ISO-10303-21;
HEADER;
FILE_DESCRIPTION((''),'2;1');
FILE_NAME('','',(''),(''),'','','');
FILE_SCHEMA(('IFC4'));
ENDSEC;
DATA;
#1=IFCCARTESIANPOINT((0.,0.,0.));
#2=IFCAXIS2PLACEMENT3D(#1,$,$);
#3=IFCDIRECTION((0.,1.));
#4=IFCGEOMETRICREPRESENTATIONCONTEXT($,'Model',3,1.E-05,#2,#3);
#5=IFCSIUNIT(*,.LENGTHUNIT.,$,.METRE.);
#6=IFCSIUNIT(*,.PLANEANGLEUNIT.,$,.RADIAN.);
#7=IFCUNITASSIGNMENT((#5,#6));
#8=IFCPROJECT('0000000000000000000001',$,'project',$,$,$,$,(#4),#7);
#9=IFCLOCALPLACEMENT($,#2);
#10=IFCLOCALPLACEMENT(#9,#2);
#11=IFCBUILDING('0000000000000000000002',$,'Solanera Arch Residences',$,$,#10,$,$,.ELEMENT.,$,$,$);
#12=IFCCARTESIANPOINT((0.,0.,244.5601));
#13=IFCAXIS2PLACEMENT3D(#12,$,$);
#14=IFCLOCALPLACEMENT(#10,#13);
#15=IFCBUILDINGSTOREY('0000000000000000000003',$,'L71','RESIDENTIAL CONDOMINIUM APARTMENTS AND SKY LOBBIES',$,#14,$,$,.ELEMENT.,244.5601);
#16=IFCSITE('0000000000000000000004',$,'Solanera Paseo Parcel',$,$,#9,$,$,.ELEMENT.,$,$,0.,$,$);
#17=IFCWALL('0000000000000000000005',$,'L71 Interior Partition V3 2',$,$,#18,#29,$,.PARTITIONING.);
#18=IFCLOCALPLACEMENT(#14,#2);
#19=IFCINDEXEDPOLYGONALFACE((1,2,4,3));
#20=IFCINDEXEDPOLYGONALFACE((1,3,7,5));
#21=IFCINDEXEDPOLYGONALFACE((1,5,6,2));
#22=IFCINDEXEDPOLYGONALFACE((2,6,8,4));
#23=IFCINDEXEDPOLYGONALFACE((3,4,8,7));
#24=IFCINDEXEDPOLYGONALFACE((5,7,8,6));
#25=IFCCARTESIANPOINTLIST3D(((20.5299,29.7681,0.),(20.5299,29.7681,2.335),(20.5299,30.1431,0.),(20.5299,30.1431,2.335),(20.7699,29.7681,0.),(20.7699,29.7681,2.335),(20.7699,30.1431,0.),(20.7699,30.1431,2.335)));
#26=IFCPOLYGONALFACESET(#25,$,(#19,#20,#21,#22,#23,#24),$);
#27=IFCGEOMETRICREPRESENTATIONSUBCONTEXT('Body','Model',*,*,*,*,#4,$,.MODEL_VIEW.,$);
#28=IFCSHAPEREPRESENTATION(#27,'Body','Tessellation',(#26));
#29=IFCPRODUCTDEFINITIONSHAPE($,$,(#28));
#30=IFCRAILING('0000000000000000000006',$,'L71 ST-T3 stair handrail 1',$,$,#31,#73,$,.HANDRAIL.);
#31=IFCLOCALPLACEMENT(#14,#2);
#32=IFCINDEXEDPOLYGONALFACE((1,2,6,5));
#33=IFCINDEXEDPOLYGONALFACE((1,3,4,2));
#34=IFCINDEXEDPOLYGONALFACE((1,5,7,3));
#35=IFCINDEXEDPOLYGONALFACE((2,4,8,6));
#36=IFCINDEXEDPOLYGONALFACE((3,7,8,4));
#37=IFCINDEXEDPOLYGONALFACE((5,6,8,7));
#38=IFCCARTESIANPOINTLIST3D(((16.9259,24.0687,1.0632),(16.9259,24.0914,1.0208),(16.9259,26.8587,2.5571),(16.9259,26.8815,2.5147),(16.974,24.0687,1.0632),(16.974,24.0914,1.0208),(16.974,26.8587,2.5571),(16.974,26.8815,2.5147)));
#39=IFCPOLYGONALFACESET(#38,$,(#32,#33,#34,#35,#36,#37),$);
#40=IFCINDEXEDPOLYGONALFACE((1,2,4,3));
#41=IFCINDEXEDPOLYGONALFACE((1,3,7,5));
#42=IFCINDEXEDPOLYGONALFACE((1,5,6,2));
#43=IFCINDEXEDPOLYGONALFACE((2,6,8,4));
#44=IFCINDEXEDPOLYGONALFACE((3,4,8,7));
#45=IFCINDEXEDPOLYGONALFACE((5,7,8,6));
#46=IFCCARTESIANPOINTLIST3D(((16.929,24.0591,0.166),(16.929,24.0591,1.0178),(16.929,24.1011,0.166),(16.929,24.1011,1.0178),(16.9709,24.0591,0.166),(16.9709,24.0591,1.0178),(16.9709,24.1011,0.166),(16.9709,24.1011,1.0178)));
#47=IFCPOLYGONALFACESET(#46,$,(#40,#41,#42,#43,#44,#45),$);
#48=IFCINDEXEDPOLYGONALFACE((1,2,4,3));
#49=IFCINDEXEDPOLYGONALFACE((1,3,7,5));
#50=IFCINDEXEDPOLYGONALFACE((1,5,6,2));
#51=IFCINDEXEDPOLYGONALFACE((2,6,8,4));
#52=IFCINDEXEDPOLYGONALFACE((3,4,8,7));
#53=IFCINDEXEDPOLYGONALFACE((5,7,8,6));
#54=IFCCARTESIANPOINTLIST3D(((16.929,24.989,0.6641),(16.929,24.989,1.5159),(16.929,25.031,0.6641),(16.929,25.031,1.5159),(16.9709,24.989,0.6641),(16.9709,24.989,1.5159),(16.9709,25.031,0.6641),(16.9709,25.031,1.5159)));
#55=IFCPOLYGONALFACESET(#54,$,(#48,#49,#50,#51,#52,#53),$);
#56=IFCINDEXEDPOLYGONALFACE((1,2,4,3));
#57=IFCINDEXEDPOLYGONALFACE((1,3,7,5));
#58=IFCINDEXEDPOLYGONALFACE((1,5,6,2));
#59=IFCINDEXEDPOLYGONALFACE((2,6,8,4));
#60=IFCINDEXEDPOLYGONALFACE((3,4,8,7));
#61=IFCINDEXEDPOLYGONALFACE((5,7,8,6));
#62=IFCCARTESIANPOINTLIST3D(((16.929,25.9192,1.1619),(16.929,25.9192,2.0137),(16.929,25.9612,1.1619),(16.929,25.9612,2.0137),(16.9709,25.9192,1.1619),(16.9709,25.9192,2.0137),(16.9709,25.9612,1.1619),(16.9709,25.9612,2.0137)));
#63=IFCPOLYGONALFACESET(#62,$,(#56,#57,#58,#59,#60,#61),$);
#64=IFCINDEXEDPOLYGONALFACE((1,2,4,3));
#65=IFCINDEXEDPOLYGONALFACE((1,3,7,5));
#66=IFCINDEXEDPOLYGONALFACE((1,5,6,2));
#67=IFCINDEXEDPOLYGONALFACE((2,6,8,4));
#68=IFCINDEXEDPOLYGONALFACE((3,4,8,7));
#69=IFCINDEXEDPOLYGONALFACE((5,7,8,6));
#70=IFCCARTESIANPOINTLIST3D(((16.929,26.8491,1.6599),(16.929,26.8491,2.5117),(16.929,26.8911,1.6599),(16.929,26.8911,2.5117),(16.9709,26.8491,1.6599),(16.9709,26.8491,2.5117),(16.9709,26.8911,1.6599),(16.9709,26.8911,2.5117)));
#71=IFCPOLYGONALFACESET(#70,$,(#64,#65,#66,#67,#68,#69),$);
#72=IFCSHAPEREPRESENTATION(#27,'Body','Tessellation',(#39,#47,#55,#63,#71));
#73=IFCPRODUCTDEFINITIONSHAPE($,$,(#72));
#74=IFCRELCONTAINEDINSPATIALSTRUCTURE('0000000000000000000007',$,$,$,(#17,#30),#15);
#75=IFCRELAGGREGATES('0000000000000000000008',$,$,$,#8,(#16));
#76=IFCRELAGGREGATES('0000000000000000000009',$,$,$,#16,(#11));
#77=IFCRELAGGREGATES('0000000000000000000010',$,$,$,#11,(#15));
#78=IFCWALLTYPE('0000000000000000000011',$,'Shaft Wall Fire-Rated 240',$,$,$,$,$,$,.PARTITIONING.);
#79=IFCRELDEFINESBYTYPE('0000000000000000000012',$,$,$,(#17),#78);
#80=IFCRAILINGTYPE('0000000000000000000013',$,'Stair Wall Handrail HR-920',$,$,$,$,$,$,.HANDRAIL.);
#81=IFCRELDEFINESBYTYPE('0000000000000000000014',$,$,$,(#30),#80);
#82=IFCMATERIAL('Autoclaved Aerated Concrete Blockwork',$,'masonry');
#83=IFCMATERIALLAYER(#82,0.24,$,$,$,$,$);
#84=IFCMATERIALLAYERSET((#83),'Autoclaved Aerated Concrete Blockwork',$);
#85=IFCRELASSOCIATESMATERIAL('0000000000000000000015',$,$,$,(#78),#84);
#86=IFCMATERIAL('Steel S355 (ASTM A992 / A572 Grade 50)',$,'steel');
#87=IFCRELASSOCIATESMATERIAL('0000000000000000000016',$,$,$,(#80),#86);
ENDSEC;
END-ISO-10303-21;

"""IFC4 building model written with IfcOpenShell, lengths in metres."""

from ifc_helpers import new_model, si_unit, direction, frame, frame_2d, origin, origin_2d, place, context, subcontext, project, spatial, rectangle, extrude, material, layer, layer_set, type_object, element, save


model = new_model("IFC4")

# Units and contexts
model_context = context("Model", 3, precision=1e-05, world=origin(), true_north=direction((0.0, 1.0)))
body_context = subcontext(model_context, "Body", "Model", "MODEL_VIEW")
ifc_project = project(units=[si_unit("LENGTHUNIT", "METRE"), si_unit("PLANEANGLEUNIT", "RADIAN")], contexts=[model_context])

# Site, building, storey
site_placement = place(None, origin())
site = spatial("IfcSite", under=ifc_project, at=site_placement, Name="Solanera Paseo Parcel", CompositionType="ELEMENT", RefElevation=0.0)
building_placement = place(site_placement, origin())
building = spatial("IfcBuilding", under=site, at=building_placement, Name="Solanera Arch Residences", CompositionType="ELEMENT")
storey_placement = place(building_placement, frame((0.0, 0.0, 244.5601)))
storey = spatial("IfcBuildingStorey", under=building, at=storey_placement, Name="L71", Description="RESIDENTIAL CONDOMINIUM APARTMENTS AND SKY LOBBIES", CompositionType="ELEMENT", Elevation=244.5601)

# Shared definitions
ifc_material_1 = material(Name="Autoclaved Aerated Concrete Blockwork", Category="masonry")
ifc_layer_1 = layer(ifc_material_1, 0.24)
ifc_layer_set_1 = layer_set([ifc_layer_1], Name="Autoclaved Aerated Concrete Blockwork")
wall_type_1 = type_object("IfcWallType", Name="Shaft Wall Fire-Rated 240", PredefinedType="PARTITIONING", material=ifc_layer_set_1)

# Wall
wall_1_placement = place(storey_placement, frame((20.6499, 29.7681, 0.0), z_axis=(0.0, 0.0, 1.0), x_axis=(0.0, 1.0, 0.0)))
element("IfcWall", 1, at=wall_1_placement, inside=storey, type_object=wall_type_1, Name="L71 Interior Partition V3 2", PredefinedType="PARTITIONING", context=body_context, shape_type="SweptSolid", body=[
    extrude(rectangle(XDim=0.375, YDim=0.24, at=frame_2d((0.1875, 0.0))), origin(), (0.0, 0.0, 1.0), 2.335),
])

# Railing
ifc_material_2 = material(Name="Steel S355 (ASTM A992 / A572 Grade 50)", Category="steel")
railing_type = type_object("IfcRailingType", Name="Stair Wall Handrail HR-920", PredefinedType="HANDRAIL", material=ifc_material_2)
railing_placement = place(storey_placement, frame((16.95, 24.0801, 0.166)))
element("IfcRailing", 2, at=railing_placement, inside=storey, type_object=railing_type, Name="L71 ST-T3 stair handrail 1", PredefinedType="HANDRAIL", context=body_context, shape_type="SweptSolid", body=[
    extrude(rectangle(XDim=0.0481, YDim=0.0481, at=origin_2d()), frame((0.0, 0.0, 0.876), z_axis=(0.0, 0.881581, 0.472033), x_axis=(-1.0, 0.0, 0.0)), (0.0, 0.0, 1.0), 3.1648),
    extrude(rectangle(XDim=0.042, YDim=0.042, at=origin_2d()), origin(), (0.0, 0.0, 1.0), 0.8518),
    extrude(rectangle(XDim=0.042, YDim=0.042, at=origin_2d()), frame((0.0, 0.9299, 0.498)), (0.0, 0.0, 1.0), 0.8518),
    extrude(rectangle(XDim=0.042, YDim=0.042, at=origin_2d()), frame((0.0, 1.8601, 0.9958)), (0.0, 0.0, 1.0), 0.8518),
    extrude(rectangle(XDim=0.042, YDim=0.042, at=origin_2d()), frame((0.0, 2.79, 1.4939)), (0.0, 0.0, 1.0), 0.8518),
])

save(model, "model.ifc")
